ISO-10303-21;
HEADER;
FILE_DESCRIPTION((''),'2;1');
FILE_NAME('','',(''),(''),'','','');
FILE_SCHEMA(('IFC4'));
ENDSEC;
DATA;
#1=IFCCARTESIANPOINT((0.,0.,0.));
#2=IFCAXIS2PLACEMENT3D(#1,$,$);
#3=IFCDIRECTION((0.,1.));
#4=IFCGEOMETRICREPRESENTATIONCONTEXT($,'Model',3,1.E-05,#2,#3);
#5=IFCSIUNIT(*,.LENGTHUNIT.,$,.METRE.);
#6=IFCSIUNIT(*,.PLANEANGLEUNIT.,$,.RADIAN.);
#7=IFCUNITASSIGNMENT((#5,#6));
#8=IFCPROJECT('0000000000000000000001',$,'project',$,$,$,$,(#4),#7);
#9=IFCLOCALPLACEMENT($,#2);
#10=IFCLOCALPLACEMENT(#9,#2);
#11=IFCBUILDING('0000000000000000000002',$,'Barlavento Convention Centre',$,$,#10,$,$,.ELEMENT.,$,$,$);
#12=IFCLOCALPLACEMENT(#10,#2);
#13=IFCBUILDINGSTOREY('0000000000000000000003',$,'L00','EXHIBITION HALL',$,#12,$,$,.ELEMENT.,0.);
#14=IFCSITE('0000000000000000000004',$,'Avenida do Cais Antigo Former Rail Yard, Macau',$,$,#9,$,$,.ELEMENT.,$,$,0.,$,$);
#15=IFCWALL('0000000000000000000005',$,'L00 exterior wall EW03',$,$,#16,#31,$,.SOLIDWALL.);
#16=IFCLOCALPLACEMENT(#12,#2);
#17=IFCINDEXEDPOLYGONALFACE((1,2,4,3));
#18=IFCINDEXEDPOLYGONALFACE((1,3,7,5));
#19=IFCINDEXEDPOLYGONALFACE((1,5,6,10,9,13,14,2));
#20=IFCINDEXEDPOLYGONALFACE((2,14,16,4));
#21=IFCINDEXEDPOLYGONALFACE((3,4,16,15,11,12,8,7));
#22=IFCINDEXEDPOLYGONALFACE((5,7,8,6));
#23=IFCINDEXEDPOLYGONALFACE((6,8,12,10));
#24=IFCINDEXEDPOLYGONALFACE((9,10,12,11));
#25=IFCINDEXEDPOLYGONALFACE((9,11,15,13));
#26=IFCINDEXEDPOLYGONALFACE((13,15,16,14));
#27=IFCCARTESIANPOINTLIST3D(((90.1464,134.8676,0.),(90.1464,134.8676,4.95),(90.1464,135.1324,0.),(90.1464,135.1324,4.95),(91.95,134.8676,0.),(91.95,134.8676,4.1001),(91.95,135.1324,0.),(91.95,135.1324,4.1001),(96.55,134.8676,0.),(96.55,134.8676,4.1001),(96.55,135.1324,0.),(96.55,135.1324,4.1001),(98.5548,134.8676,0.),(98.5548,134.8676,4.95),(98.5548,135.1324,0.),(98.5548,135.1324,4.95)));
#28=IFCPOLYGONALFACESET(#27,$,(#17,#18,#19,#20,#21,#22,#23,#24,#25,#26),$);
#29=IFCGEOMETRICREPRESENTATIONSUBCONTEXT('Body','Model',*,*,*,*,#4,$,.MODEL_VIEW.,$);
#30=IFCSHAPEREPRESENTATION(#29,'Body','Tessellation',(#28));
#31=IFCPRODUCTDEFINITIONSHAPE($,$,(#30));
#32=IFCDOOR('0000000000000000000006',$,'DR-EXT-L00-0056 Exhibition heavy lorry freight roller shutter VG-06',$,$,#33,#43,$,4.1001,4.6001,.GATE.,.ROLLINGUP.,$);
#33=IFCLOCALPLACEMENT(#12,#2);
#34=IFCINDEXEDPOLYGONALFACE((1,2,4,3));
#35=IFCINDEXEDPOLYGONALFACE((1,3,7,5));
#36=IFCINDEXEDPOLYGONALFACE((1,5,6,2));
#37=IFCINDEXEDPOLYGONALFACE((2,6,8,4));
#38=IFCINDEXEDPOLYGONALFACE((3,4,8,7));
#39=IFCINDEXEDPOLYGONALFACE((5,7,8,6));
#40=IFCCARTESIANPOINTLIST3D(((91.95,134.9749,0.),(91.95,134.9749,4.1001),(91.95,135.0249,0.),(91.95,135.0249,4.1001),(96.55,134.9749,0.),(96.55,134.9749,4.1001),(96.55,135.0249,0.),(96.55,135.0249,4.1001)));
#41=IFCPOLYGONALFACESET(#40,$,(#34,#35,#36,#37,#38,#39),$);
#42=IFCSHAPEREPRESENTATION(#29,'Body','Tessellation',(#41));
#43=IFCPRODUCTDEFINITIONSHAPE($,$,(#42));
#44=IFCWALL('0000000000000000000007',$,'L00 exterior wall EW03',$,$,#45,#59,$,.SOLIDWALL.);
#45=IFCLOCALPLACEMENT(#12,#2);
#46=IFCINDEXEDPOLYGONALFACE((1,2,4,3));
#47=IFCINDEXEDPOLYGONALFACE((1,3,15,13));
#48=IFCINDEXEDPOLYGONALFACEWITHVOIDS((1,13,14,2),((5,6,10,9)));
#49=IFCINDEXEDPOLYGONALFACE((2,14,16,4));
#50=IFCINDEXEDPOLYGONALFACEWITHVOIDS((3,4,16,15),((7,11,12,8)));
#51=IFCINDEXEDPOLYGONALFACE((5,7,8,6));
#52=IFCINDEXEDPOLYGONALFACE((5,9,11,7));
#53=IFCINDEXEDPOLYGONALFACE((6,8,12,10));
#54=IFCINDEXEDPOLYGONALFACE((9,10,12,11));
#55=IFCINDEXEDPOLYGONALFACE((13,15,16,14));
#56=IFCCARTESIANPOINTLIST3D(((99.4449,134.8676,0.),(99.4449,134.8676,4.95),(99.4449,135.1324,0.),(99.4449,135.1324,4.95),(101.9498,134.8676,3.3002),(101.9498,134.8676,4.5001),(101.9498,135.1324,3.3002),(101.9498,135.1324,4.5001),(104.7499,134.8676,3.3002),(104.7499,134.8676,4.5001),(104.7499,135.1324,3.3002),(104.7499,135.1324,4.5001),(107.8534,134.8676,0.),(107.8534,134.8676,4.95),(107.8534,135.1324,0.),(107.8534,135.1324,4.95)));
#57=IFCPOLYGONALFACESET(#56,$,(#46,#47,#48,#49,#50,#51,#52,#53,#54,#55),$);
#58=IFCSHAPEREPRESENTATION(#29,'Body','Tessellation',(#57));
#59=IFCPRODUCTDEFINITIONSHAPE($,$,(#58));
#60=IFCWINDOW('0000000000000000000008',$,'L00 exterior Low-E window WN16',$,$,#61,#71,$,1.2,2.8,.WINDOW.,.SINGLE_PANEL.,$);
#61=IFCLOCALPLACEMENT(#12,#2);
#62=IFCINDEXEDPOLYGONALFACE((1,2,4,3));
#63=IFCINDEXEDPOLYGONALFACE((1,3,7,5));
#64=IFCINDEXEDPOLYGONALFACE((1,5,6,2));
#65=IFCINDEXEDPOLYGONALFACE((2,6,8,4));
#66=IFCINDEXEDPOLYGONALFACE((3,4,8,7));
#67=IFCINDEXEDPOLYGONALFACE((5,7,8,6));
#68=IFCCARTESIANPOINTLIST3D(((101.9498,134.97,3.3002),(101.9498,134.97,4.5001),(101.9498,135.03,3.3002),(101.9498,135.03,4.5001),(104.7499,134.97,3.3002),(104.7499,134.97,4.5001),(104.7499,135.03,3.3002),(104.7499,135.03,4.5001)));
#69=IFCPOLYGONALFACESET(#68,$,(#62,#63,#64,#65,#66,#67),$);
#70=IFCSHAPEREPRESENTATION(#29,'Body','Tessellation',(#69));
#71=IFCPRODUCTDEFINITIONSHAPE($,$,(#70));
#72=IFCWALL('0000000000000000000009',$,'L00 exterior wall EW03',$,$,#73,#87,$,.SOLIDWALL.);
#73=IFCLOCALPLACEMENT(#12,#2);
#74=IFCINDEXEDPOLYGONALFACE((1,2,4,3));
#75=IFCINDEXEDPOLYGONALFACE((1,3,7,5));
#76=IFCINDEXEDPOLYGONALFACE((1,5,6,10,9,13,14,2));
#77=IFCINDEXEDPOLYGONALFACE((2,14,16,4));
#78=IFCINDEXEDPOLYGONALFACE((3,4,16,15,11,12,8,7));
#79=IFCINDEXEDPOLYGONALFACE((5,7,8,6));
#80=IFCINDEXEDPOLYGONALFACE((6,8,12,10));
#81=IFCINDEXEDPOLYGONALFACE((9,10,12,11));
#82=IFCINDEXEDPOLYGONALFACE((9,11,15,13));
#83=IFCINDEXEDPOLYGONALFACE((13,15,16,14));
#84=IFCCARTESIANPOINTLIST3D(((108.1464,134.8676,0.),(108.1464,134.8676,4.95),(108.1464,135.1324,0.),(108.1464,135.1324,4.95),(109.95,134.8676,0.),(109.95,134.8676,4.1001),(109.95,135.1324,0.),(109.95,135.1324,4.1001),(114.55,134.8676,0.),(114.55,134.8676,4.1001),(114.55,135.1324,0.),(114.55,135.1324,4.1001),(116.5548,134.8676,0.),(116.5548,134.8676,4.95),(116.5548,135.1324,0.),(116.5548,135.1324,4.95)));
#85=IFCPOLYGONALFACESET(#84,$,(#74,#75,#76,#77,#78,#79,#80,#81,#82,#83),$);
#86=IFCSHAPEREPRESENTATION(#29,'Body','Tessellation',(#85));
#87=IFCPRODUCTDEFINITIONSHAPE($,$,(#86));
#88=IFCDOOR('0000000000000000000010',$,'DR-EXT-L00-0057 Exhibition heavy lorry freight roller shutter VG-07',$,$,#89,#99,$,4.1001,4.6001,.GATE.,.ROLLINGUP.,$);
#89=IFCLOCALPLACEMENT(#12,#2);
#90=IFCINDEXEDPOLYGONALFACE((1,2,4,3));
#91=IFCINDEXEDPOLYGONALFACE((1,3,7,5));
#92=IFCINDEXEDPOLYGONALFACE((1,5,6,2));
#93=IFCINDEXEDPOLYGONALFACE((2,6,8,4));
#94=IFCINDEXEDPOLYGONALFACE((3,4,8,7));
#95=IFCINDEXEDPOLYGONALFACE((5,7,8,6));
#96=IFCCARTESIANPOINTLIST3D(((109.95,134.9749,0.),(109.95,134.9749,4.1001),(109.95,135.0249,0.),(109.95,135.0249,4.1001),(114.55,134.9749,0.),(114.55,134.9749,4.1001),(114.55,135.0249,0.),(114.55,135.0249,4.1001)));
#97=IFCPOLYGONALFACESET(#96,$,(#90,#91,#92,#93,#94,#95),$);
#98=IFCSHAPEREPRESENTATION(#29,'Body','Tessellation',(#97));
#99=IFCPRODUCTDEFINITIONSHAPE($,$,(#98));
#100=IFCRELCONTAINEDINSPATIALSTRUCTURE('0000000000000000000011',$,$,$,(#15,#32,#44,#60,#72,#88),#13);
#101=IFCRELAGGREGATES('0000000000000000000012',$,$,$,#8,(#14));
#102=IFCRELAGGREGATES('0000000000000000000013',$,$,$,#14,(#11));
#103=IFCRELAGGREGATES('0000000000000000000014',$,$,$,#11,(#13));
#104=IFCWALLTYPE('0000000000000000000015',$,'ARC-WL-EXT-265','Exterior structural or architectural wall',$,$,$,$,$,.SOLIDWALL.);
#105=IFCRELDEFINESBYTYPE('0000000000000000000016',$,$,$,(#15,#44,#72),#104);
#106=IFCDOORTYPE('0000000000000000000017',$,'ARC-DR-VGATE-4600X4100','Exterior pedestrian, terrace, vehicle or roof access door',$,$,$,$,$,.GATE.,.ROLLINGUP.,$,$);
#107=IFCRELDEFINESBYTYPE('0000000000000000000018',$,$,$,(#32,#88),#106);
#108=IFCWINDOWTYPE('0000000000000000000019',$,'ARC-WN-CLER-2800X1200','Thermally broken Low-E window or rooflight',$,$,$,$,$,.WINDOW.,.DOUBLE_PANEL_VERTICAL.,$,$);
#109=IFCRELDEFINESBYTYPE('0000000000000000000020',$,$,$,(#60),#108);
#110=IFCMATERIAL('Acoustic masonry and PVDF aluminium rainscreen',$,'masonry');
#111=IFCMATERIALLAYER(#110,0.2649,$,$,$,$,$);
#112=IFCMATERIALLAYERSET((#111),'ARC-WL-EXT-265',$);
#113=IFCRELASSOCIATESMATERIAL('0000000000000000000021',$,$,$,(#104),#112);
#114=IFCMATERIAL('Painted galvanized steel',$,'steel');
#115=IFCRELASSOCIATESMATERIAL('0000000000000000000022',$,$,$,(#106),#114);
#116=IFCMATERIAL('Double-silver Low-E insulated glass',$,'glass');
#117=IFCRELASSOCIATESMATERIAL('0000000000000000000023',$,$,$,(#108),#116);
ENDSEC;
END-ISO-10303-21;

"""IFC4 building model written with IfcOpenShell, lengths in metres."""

from ifc_helpers import new_model, si_unit, direction, frame, frame_2d, origin, place, context, subcontext, project, spatial, rectangle, extrude, material, layer, layer_set, type_object, element, fill, save


model = new_model("IFC4")

# Units and contexts
model_context = context("Model", 3, precision=1e-05, world=origin(), true_north=direction((0.0, 1.0)))
body_context = subcontext(model_context, "Body", "Model", "MODEL_VIEW")
ifc_project = project(units=[si_unit("LENGTHUNIT", "METRE"), si_unit("PLANEANGLEUNIT", "RADIAN")], contexts=[model_context])

# Site, building, storey
site_placement = place(None, origin())
site = spatial("IfcSite", under=ifc_project, at=site_placement, Name="Avenida do Cais Antigo Former Rail Yard, Macau", CompositionType="ELEMENT", RefElevation=0.0)
building_placement = place(site_placement, origin())
building = spatial("IfcBuilding", under=site, at=building_placement, Name="Barlavento Convention Centre", CompositionType="ELEMENT")
storey_placement = place(building_placement, origin())
storey = spatial("IfcBuildingStorey", under=building, at=storey_placement, Name="L00", Description="EXHIBITION HALL", CompositionType="ELEMENT", Elevation=0.0)

# Wall, opening, door
ifc_material_1 = material(Name="Acoustic masonry and PVDF aluminium rainscreen", Category="masonry")
ifc_layer = layer(ifc_material_1, 0.2649)
ifc_layer_set = layer_set([ifc_layer], Name="ARC-WL-EXT-265")
wall_type = type_object("IfcWallType", Name="ARC-WL-EXT-265", Description="Exterior structural or architectural wall", PredefinedType="SOLIDWALL", material=ifc_layer_set)
wall_1_placement = place(storey_placement, frame((90.1465, 135.0, 0.0), z_axis=(0.0, 0.0, 1.0), x_axis=(1.0, 0.0, 0.0)))
wall_1 = element("IfcWall", 1, at=wall_1_placement, inside=storey, type_object=wall_type, Name="L00 exterior wall EW03", PredefinedType="SOLIDWALL", context=body_context, shape_type="SweptSolid", body=[
    extrude(rectangle(XDim=8.4084, YDim=0.2649, at=frame_2d((4.2041, 0.0))), origin(), (0.0, 0.0, 1.0), 4.95),
])
opening_1_placement = place(wall_1_placement, frame((1.8035, 0.0, 0.0)))
opening_1 = element("IfcOpeningElement", 2, at=opening_1_placement, cuts=wall_1, PredefinedType="OPENING", context=body_context, shape_type="SweptSolid", body=[
    extrude(rectangle(XDim=4.6001, YDim=4.1001, at=frame_2d((2.3, 2.05))), frame((0.0, 0.1423, 0.0), z_axis=(0.0, -1.0, 0.0), x_axis=(1.0, 0.0, 0.0)), (0.0, 0.0, 1.0), 0.2849),
])
ifc_material_2 = material(Name="Painted galvanized steel", Category="steel")
door_type = type_object("IfcDoorType", Name="ARC-DR-VGATE-4600X4100", Description="Exterior pedestrian, terrace, vehicle or roof access door", OperationType="ROLLINGUP", PredefinedType="GATE", material=ifc_material_2)
door_1_placement = place(opening_1_placement, origin())
door_1 = element("IfcDoor", 3, at=door_1_placement, inside=storey, type_object=door_type, Name="DR-EXT-L00-0056 Exhibition heavy lorry freight roller shutter VG-06", OperationType="ROLLINGUP", OverallHeight=4.1001, OverallWidth=4.6001, PredefinedType="GATE", context=body_context, shape_type="SweptSolid", body=[
    extrude(rectangle(XDim=4.6001, YDim=4.1001, at=frame_2d((2.3, 2.05))), frame((0.0, 0.0249, 0.0), z_axis=(0.0, -1.0, 0.0), x_axis=(1.0, 0.0, 0.0)), (0.0, 0.0, 1.0), 0.05),
])
fill(opening_1, door_1)

# Wall, opening, window
wall_2_placement = place(storey_placement, frame((99.4451, 135.0, 0.0), z_axis=(0.0, 0.0, 1.0), x_axis=(1.0, 0.0, 0.0)))
wall_2 = element("IfcWall", 4, at=wall_2_placement, inside=storey, type_object=wall_type, Name="L00 exterior wall EW03", PredefinedType="SOLIDWALL", context=body_context, shape_type="SweptSolid", body=[
    extrude(rectangle(XDim=8.4084, YDim=0.2649, at=frame_2d((4.2041, 0.0))), origin(), (0.0, 0.0, 1.0), 4.95),
])
opening_2_placement = place(wall_2_placement, frame((2.5049, 0.0, 3.3)))
opening_2 = element("IfcOpeningElement", 5, at=opening_2_placement, cuts=wall_2, PredefinedType="OPENING", context=body_context, shape_type="SweptSolid", body=[
    extrude(rectangle(XDim=2.8, YDim=1.2, at=frame_2d((1.3999, 0.6001))), frame((0.0, 0.1423, 0.0), z_axis=(0.0, -1.0, 0.0), x_axis=(1.0, 0.0, 0.0)), (0.0, 0.0, 1.0), 0.2849),
])
ifc_material_3 = material(Name="Double-silver Low-E insulated glass", Category="glass")
window_type = type_object("IfcWindowType", Name="ARC-WN-CLER-2800X1200", Description="Thermally broken Low-E window or rooflight", PartitioningType="DOUBLE_PANEL_VERTICAL", PredefinedType="WINDOW", material=ifc_material_3)
window_placement = place(opening_2_placement, origin())
window = element("IfcWindow", 6, at=window_placement, inside=storey, type_object=window_type, Name="L00 exterior Low-E window WN16", OverallHeight=1.2, OverallWidth=2.8, PartitioningType="SINGLE_PANEL", PredefinedType="WINDOW", context=body_context, shape_type="SweptSolid", body=[
    extrude(rectangle(XDim=2.8, YDim=1.2, at=frame_2d((1.3999, 0.6001))), frame((0.0, 0.03, 0.0), z_axis=(0.0, -1.0, 0.0), x_axis=(1.0, 0.0, 0.0)), (0.0, 0.0, 1.0), 0.0601),
])
fill(opening_2, window)

# Wall, opening, door
wall_3_placement = place(storey_placement, frame((108.1465, 135.0, 0.0), z_axis=(0.0, 0.0, 1.0), x_axis=(1.0, 0.0, 0.0)))
wall_3 = element("IfcWall", 7, at=wall_3_placement, inside=storey, type_object=wall_type, Name="L00 exterior wall EW03", PredefinedType="SOLIDWALL", context=body_context, shape_type="SweptSolid", body=[
    extrude(rectangle(XDim=8.4084, YDim=0.2649, at=frame_2d((4.2041, 0.0))), origin(), (0.0, 0.0, 1.0), 4.95),
])
opening_3_placement = place(wall_3_placement, frame((1.8035, 0.0, 0.0)))
opening_3 = element("IfcOpeningElement", 8, at=opening_3_placement, cuts=wall_3, PredefinedType="OPENING", context=body_context, shape_type="SweptSolid", body=[
    extrude(rectangle(XDim=4.6001, YDim=4.1001, at=frame_2d((2.3, 2.05))), frame((0.0, 0.1423, 0.0), z_axis=(0.0, -1.0, 0.0), x_axis=(1.0, 0.0, 0.0)), (0.0, 0.0, 1.0), 0.2849),
])
door_2_placement = place(opening_3_placement, origin())
door_2 = element("IfcDoor", 9, at=door_2_placement, inside=storey, type_object=door_type, Name="DR-EXT-L00-0057 Exhibition heavy lorry freight roller shutter VG-07", OperationType="ROLLINGUP", OverallHeight=4.1001, OverallWidth=4.6001, PredefinedType="GATE", context=body_context, shape_type="SweptSolid", body=[
    extrude(rectangle(XDim=4.6001, YDim=4.1001, at=frame_2d((2.3, 2.05))), frame((0.0, 0.0249, 0.0), z_axis=(0.0, -1.0, 0.0), x_axis=(1.0, 0.0, 0.0)), (0.0, 0.0, 1.0), 0.05),
])
fill(opening_3, door_2)

save(model, "model.ifc")
